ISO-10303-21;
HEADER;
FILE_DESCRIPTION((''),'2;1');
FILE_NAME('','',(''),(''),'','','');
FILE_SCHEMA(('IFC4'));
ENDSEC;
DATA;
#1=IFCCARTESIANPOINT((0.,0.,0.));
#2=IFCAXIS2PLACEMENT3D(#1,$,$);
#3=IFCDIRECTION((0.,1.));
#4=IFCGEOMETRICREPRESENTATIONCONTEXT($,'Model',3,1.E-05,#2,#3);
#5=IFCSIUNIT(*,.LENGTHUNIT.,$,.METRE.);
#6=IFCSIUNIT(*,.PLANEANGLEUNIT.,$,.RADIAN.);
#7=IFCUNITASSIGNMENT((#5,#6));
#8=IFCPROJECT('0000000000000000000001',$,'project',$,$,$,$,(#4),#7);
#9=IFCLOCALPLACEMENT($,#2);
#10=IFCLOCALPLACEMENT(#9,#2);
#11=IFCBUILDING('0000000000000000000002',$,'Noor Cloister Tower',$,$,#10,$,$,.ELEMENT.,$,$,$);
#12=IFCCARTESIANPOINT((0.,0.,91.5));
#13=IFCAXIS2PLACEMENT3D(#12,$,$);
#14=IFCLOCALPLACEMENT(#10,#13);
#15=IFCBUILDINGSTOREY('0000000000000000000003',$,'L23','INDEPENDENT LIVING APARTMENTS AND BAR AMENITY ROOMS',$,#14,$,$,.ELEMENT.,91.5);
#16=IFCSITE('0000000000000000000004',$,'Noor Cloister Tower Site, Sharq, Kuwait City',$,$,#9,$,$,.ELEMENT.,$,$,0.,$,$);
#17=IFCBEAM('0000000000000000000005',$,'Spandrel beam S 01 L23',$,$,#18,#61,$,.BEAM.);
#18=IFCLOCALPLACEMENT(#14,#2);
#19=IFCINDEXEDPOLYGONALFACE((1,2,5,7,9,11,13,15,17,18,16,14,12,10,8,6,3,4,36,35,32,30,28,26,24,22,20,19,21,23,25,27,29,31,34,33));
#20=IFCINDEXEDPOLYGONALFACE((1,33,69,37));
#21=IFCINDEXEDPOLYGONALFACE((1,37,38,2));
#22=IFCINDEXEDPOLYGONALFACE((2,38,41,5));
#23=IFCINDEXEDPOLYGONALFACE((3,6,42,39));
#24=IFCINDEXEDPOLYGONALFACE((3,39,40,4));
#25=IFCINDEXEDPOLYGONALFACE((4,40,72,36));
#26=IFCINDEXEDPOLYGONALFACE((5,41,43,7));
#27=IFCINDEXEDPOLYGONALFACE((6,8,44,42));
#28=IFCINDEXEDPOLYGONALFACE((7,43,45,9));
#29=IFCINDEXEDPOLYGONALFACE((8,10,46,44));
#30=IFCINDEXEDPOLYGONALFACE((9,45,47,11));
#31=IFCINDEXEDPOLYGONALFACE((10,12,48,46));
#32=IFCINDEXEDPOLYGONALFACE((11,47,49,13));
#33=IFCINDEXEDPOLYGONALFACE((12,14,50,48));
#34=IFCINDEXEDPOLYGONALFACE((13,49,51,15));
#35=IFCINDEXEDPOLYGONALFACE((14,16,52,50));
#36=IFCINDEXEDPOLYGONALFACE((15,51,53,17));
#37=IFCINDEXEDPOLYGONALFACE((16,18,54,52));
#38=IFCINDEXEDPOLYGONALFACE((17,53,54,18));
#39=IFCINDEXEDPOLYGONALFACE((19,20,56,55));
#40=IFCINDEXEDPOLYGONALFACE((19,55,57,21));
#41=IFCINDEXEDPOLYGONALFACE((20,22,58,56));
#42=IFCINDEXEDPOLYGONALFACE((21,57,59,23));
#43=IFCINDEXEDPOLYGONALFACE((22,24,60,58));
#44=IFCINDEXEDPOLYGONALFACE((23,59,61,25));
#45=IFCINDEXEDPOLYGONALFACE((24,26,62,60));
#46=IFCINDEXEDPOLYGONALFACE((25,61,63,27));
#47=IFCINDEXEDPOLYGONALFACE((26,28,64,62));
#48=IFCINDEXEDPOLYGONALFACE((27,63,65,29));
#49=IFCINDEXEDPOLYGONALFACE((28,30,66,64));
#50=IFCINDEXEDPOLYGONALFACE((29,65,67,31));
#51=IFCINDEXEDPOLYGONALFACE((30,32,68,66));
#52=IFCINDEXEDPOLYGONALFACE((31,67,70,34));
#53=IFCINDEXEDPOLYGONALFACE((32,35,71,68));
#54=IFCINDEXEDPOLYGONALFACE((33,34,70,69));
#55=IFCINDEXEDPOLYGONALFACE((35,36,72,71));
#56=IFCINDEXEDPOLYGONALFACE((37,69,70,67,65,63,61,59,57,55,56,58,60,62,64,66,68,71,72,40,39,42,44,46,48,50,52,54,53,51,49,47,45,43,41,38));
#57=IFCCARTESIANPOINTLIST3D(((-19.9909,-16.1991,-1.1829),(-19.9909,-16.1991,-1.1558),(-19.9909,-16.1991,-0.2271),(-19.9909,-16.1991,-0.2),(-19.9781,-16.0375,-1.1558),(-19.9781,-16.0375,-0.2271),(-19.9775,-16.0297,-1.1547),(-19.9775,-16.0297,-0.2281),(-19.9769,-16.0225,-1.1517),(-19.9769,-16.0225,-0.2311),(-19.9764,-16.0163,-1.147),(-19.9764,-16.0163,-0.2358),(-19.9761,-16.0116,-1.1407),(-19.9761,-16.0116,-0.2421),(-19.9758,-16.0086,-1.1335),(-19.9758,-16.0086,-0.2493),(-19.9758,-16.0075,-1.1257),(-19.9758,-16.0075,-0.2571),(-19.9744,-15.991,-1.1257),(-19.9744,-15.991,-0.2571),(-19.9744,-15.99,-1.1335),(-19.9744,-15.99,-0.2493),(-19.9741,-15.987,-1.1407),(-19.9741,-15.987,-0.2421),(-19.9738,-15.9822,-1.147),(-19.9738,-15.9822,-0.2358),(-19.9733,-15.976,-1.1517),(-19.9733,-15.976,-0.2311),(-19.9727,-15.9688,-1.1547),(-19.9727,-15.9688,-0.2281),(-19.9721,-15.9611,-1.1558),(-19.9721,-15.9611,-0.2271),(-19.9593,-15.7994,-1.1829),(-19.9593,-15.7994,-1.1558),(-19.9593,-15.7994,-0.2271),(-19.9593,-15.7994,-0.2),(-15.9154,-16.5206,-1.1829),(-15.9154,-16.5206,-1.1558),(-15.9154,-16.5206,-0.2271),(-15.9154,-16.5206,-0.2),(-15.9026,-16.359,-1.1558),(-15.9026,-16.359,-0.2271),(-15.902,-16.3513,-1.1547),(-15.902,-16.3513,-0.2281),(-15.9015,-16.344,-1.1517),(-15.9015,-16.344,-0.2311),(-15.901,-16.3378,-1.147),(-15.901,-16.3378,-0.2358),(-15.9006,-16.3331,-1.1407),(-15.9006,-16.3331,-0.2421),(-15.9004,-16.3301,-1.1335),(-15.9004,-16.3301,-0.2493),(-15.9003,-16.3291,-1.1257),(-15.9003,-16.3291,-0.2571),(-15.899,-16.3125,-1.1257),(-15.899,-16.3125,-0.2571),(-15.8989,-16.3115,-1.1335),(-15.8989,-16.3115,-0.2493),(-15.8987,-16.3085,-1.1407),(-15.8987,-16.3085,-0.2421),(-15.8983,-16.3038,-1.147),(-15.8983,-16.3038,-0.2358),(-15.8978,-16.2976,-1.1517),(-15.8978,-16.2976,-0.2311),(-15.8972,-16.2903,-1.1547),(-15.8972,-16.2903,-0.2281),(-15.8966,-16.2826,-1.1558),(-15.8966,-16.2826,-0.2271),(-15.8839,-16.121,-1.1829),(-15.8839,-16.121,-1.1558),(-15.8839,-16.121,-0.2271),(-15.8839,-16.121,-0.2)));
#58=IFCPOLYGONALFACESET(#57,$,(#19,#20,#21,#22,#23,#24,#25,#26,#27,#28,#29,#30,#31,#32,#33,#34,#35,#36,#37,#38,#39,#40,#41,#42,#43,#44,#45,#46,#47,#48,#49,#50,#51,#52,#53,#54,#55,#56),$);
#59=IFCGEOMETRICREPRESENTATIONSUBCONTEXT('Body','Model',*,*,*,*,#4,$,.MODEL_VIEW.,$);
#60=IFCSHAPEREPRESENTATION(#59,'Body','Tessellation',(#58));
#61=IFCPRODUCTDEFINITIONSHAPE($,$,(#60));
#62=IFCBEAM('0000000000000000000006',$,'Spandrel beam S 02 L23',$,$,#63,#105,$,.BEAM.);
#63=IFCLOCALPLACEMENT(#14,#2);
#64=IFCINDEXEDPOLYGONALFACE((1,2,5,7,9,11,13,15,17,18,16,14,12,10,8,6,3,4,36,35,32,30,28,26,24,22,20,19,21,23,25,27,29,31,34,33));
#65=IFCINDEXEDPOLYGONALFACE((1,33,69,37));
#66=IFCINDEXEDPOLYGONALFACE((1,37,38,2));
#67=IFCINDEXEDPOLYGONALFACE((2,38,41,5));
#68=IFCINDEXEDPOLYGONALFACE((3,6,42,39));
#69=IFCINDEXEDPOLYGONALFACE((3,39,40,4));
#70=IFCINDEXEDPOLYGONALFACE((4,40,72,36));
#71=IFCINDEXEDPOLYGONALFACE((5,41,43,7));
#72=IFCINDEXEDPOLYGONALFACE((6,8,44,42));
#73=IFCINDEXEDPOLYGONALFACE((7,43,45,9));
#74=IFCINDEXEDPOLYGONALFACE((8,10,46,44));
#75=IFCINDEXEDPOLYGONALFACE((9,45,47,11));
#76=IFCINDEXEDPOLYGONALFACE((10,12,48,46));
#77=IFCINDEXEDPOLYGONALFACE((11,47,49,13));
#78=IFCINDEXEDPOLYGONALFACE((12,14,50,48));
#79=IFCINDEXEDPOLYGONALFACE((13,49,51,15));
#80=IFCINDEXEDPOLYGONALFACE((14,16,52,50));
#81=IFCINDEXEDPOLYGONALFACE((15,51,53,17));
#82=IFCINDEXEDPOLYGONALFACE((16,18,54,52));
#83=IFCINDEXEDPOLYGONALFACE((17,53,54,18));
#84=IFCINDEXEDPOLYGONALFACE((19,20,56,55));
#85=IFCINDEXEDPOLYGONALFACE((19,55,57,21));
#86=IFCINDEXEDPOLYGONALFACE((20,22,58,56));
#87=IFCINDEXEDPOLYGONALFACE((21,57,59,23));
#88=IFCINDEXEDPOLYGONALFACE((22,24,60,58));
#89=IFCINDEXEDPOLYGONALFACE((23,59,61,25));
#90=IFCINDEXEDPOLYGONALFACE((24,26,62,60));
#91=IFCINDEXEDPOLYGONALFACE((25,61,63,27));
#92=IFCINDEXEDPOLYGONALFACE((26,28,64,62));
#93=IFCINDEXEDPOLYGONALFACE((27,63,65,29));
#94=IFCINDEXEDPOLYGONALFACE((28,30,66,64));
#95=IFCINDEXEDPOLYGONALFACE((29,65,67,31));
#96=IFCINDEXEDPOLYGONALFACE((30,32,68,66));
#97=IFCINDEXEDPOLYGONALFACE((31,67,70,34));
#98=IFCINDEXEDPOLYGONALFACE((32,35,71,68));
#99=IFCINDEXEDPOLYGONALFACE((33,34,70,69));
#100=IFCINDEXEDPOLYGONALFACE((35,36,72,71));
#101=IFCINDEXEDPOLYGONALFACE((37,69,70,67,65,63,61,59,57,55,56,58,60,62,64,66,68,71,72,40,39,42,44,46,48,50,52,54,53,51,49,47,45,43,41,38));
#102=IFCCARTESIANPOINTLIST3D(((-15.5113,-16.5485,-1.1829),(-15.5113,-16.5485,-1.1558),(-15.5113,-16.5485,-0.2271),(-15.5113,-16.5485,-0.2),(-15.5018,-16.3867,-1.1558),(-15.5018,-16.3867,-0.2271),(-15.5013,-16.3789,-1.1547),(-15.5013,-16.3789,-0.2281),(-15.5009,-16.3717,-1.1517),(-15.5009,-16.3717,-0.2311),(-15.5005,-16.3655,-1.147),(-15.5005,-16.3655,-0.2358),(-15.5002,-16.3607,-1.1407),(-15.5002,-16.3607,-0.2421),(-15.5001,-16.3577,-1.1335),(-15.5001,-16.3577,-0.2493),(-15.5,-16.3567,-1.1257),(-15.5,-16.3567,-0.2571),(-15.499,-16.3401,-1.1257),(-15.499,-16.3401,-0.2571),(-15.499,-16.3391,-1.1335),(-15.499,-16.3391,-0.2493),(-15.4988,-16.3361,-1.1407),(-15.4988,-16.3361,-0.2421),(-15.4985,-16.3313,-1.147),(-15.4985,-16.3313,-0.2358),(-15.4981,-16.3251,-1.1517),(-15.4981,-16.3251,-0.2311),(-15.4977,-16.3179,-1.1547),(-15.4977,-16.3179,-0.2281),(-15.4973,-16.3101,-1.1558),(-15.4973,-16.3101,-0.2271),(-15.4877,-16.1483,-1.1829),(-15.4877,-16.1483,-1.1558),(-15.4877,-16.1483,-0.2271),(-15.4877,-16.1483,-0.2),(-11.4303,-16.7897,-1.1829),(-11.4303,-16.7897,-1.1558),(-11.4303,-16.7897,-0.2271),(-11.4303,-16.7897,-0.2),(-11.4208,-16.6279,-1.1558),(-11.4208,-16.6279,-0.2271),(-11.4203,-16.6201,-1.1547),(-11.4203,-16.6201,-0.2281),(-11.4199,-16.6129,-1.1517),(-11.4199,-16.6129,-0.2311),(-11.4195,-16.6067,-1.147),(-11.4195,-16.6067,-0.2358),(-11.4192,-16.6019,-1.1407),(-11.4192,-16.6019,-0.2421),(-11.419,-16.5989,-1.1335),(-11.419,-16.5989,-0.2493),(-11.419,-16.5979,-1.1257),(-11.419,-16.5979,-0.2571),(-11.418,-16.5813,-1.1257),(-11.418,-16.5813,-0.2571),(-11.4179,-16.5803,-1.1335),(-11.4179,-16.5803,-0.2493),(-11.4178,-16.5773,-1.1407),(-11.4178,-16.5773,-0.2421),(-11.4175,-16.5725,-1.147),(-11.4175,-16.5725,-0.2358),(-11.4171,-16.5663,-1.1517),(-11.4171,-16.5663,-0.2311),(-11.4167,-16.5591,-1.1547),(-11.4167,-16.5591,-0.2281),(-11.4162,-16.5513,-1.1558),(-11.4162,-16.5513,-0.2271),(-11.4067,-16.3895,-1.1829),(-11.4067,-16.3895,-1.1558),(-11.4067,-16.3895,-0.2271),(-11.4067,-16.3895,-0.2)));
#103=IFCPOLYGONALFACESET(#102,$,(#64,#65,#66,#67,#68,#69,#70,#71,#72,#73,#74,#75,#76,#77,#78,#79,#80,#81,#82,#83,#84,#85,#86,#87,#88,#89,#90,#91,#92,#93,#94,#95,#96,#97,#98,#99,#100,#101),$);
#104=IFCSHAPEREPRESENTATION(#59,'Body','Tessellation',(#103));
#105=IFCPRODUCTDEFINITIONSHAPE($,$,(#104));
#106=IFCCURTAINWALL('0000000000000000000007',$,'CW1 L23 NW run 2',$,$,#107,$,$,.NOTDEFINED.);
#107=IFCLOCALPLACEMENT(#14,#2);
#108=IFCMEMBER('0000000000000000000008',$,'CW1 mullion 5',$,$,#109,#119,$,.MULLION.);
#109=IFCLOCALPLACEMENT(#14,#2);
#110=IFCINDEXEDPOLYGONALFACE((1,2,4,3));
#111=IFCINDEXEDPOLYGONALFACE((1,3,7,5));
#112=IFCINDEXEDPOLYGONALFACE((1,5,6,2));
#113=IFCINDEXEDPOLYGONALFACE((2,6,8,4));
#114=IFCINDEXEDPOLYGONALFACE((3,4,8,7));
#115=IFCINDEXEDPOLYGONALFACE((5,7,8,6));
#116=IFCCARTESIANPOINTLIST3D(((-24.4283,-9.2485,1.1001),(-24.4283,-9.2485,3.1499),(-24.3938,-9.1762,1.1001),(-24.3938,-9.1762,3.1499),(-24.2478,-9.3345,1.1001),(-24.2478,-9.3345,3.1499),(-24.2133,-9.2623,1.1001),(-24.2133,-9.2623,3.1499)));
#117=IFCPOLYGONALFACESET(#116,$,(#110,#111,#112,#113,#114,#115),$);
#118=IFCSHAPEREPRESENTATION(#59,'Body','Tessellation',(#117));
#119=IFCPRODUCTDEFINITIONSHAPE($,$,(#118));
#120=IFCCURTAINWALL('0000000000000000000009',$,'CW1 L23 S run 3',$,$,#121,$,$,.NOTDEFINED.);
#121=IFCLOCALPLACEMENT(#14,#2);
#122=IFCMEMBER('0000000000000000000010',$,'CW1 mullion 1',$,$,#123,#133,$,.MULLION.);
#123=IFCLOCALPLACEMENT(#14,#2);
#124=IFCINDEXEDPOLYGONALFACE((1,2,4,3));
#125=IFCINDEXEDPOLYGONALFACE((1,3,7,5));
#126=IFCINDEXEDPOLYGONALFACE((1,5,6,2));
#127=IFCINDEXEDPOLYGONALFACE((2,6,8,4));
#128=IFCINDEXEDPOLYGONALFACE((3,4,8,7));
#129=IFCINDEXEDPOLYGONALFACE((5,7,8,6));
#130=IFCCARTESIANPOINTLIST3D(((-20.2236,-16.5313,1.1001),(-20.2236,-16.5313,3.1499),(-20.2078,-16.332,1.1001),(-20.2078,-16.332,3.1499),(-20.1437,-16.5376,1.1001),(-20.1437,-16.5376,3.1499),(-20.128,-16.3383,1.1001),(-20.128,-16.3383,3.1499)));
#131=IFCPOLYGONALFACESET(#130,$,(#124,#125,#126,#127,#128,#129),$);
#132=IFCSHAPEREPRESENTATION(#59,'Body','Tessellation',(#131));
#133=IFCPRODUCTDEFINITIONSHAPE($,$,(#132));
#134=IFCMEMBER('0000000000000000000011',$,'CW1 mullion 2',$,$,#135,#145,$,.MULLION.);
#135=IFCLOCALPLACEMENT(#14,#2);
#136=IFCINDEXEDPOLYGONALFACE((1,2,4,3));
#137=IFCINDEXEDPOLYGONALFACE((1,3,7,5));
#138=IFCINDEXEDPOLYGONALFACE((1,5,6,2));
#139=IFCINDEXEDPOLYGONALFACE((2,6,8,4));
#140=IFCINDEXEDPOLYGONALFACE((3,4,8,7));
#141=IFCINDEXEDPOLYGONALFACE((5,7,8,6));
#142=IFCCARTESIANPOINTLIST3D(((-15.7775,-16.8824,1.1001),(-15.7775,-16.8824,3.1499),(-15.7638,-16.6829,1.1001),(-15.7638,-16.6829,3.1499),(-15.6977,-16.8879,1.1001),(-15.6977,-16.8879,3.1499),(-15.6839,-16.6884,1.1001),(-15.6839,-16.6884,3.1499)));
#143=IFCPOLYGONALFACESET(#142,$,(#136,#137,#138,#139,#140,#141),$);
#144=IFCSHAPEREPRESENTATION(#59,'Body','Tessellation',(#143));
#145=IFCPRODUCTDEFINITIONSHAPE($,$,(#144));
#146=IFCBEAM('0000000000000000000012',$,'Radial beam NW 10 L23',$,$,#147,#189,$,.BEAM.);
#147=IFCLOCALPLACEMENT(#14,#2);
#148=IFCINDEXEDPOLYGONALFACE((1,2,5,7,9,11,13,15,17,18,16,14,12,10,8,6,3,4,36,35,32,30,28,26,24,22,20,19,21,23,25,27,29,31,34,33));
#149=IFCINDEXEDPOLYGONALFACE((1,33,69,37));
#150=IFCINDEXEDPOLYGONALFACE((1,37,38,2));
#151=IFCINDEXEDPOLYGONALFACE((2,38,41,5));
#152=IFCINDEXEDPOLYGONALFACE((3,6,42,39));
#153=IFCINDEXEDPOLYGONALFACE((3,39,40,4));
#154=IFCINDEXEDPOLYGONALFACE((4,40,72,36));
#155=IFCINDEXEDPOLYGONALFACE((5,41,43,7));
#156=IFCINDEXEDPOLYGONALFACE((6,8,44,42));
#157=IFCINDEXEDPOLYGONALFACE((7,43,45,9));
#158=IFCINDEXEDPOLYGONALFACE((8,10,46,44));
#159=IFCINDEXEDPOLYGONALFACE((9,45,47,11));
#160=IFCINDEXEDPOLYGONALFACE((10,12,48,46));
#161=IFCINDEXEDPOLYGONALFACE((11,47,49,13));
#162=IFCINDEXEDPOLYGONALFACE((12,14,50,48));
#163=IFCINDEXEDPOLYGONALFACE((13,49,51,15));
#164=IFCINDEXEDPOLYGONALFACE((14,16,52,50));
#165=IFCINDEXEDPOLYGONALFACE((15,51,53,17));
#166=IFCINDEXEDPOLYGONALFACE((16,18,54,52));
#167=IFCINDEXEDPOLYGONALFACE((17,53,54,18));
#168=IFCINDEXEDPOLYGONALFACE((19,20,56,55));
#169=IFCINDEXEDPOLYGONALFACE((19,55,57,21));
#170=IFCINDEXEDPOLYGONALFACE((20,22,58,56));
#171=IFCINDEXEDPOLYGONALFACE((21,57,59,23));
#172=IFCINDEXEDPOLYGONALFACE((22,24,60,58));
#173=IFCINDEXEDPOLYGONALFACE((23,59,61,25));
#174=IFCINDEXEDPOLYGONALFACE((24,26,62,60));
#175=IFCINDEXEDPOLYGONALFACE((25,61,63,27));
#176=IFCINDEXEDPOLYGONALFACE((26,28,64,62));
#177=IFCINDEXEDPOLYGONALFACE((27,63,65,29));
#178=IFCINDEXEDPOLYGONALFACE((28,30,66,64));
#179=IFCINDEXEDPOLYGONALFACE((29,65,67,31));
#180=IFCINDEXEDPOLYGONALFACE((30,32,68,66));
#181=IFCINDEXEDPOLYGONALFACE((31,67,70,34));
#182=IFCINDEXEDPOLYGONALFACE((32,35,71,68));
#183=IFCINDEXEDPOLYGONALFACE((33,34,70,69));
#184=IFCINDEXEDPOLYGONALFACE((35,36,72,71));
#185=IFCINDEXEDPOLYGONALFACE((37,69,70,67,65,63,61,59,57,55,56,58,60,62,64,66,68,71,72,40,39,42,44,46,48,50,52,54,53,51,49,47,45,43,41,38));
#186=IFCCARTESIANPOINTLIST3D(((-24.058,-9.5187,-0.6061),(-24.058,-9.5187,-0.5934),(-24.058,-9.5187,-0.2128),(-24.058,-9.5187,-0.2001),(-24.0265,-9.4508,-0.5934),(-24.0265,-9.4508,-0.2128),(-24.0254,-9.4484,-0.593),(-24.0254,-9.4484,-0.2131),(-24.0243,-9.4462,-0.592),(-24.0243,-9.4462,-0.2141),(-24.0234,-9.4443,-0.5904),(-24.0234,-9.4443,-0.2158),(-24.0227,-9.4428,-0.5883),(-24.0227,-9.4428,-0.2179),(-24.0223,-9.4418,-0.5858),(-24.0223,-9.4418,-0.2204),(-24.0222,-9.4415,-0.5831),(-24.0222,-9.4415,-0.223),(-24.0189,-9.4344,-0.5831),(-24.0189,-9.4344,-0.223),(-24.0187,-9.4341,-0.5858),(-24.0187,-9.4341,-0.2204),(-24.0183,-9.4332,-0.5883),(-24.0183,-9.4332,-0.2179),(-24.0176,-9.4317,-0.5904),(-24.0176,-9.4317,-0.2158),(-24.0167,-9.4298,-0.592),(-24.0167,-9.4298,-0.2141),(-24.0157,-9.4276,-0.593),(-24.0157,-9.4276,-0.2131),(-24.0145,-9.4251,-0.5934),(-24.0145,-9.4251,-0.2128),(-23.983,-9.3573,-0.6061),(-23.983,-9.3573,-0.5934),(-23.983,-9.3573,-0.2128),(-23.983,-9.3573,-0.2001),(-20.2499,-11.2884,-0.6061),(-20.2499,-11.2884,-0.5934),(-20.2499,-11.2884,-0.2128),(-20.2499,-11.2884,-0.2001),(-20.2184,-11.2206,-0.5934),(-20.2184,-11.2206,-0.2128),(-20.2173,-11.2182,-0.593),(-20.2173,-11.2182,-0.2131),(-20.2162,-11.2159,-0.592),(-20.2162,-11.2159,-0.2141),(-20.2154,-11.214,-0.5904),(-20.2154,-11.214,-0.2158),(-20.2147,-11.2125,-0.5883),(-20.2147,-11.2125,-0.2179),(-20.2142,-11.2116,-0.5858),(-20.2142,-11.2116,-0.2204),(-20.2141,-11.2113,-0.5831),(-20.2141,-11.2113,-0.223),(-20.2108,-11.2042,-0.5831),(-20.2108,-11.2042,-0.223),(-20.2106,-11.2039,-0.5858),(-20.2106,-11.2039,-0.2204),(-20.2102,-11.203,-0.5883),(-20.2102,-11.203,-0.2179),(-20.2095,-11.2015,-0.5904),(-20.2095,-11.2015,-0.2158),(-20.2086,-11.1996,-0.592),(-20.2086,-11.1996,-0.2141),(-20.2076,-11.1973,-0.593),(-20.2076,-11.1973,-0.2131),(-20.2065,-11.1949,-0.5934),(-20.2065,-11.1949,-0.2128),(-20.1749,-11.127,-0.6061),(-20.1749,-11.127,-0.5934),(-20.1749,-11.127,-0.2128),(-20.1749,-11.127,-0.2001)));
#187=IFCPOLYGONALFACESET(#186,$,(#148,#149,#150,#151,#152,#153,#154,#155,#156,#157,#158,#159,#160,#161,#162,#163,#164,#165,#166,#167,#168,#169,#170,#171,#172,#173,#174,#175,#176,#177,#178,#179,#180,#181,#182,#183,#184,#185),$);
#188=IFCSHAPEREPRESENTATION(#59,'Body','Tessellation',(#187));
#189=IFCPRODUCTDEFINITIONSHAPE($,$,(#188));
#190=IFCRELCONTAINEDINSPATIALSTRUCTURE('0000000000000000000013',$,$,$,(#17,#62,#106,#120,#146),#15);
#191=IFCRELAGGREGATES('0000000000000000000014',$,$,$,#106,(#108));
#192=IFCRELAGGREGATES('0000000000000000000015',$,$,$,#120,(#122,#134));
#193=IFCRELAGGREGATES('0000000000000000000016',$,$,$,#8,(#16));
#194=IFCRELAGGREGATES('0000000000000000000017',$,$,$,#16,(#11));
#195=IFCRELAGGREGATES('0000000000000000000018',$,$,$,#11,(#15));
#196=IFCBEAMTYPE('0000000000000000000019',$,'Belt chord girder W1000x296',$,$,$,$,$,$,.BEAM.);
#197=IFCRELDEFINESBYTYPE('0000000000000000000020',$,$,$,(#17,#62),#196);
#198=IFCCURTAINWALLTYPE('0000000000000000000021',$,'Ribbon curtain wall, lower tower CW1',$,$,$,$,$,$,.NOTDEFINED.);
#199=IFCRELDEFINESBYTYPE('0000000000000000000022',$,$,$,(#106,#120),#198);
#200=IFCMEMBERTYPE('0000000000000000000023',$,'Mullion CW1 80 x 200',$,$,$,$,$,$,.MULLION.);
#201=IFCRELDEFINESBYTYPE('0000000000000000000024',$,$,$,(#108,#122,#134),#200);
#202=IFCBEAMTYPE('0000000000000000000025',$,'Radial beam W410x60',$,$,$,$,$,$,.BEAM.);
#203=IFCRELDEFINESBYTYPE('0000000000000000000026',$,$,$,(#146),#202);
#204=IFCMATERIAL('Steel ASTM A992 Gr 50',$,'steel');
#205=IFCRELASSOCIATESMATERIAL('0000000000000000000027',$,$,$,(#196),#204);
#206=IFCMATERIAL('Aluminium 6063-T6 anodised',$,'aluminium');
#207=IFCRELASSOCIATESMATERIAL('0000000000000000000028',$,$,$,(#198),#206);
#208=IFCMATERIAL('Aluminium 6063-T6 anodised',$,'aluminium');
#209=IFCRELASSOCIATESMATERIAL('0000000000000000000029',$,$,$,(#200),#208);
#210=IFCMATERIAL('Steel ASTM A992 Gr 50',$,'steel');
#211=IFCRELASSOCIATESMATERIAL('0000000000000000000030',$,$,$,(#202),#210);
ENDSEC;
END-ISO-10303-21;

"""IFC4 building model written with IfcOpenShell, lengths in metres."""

from ifc_helpers import new_model, si_unit, direction, frame, origin, origin_2d, place, context, subcontext, project, spatial, rectangle, i_section, extrude, material, material_profile, profile_set, type_object, element, aggregate, save


model = new_model("IFC4")

# Units and contexts
model_context = context("Model", 3, precision=1e-05, world=origin(), true_north=direction((0.0, 1.0)))
body_context = subcontext(model_context, "Body", "Model", "MODEL_VIEW")
ifc_project = project(units=[si_unit("LENGTHUNIT", "METRE"), si_unit("PLANEANGLEUNIT", "RADIAN")], contexts=[model_context])

# Site, building, storey
site_placement = place(None, origin())
site = spatial("IfcSite", under=ifc_project, at=site_placement, Name="Noor Cloister Tower Site, Sharq, Kuwait City", CompositionType="ELEMENT", RefElevation=0.0)
building_placement = place(site_placement, origin())
building = spatial("IfcBuilding", under=site, at=building_placement, Name="Noor Cloister Tower", CompositionType="ELEMENT")
storey_placement = place(building_placement, frame((0.0, 0.0, 91.5)))
storey = spatial("IfcBuildingStorey", under=building, at=storey_placement, Name="L23", Description="INDEPENDENT LIVING APARTMENTS AND BAR AMENITY ROOMS", CompositionType="ELEMENT", Elevation=91.5)

# Beams
ifc_material_1 = material(Name="Steel ASTM A992 Gr 50", Category="steel")
ifc_material_profile_1 = material_profile(ifc_material_1, i_section(OverallWidth=0.4009, OverallDepth=0.9829, WebThickness=0.0166, FlangeThickness=0.0271, FilletRadius=0.03, at=origin_2d()), Name="W1000x296")
ifc_profile_set_1 = profile_set([ifc_material_profile_1], Name="Steel ASTM A992 Gr 50")
beam_type_1 = type_object("IfcBeamType", Name="Belt chord girder W1000x296", PredefinedType="BEAM", material=ifc_profile_set_1)
for number, where, z_axis, x_axis, name in (
    (1, (-19.9751, -15.9993, -0.6914), (0.996902, -0.078651, 0.0), (0.078651, 0.996902, 0.0), "Spandrel beam S 01 L23"),
    (2, (-15.4995, -16.3484, -0.6914), (0.998258, -0.059002, 0.0), (0.059002, 0.998258, 0.0), "Spandrel beam S 02 L23"),
):
    element("IfcBeam", number, at=place(storey_placement, frame(where, z_axis=z_axis, x_axis=x_axis)), inside=storey, type_object=beam_type_1, Name=name, PredefinedType="BEAM", context=body_context, shape_type="SweptSolid", body=[
        extrude(i_section(OverallWidth=0.4009, OverallDepth=0.9829, WebThickness=0.0166, FlangeThickness=0.0271, FilletRadius=0.03, at=origin_2d()), origin(), (0.0, 0.0, 1.0), 4.0881),
    ])

# Curtain wall, member
ifc_material_2 = material(Name="Aluminium 6063-T6 anodised", Category="aluminium")
curtain_wall_type = type_object("IfcCurtainWallType", Name="Ribbon curtain wall, lower tower CW1", PredefinedType="NOTDEFINED", material=ifc_material_2)
curtain_wall_1_placement = place(storey_placement, origin())
curtain_wall_1 = element("IfcCurtainWall", 3, at=curtain_wall_1_placement, inside=storey, type_object=curtain_wall_type, Name="CW1 L23 NW run 2", PredefinedType="NOTDEFINED")
ifc_material_3 = material(Name="Aluminium 6063-T6 anodised", Category="aluminium")
ifc_material_profile_2 = material_profile(ifc_material_3, rectangle(XDim=0.2, YDim=0.0801, at=origin_2d()), Name="200 x 80 mullion")
ifc_profile_set_2 = profile_set([ifc_material_profile_2], Name="Aluminium 6063-T6 anodised")
member_type = type_object("IfcMemberType", Name="Mullion CW1 80 x 200", PredefinedType="MULLION", material=ifc_profile_set_2)
member_1_placement = place(storey_placement, frame((-24.3208, -9.2554, 1.1001), z_axis=(0.0, 0.0, 1.0), x_axis=(0.902668, -0.430337, 0.0)))
member_1 = element("IfcMember", 4, at=member_1_placement, type_object=member_type, Name="CW1 mullion 5", PredefinedType="MULLION", context=body_context, shape_type="SweptSolid", body=[
    extrude(rectangle(XDim=0.2, YDim=0.0801, at=origin_2d()), origin(), (0.0, 0.0, 1.0), 2.0498),
])

# Curtain wall, members
curtain_wall_2_placement = place(storey_placement, origin())
curtain_wall_2 = element("IfcCurtainWall", 5, at=curtain_wall_2_placement, inside=storey, type_object=curtain_wall_type, Name="CW1 L23 S run 3", PredefinedType="NOTDEFINED")
member_2_placement = place(storey_placement, frame((-20.1758, -16.4348, 1.1001), z_axis=(0.0, 0.0, 1.0), x_axis=(0.078652, 0.996902, 0.0)))
member_2 = element("IfcMember", 6, at=member_2_placement, type_object=member_type, Name="CW1 mullion 1", PredefinedType="MULLION", context=body_context, shape_type="SweptSolid", body=[
    extrude(rectangle(XDim=0.2, YDim=0.0801, at=origin_2d()), origin(), (0.0, 0.0, 1.0), 2.0498),
])
member_3_placement = place(storey_placement, frame((-15.7307, -16.7854, 1.1001), z_axis=(0.0, 0.0, 1.0), x_axis=(0.068837, 0.997628, 0.0)))
member_3 = element("IfcMember", 7, at=member_3_placement, type_object=member_type, Name="CW1 mullion 2", PredefinedType="MULLION", context=body_context, shape_type="SweptSolid", body=[
    extrude(rectangle(XDim=0.2, YDim=0.0801, at=origin_2d()), origin(), (0.0, 0.0, 1.0), 2.0498),
])

# Beam
ifc_material_4 = material(Name="Steel ASTM A992 Gr 50", Category="steel")
ifc_material_profile_3 = material_profile(ifc_material_4, i_section(OverallWidth=0.178, OverallDepth=0.406, WebThickness=0.0078, FlangeThickness=0.0127, FilletRadius=0.0103, at=origin_2d()), Name="W410x60")
ifc_profile_set_3 = profile_set([ifc_material_profile_3], Name="Steel ASTM A992 Gr 50")
beam_type_2 = type_object("IfcBeamType", Name="Radial beam W410x60", PredefinedType="BEAM", material=ifc_profile_set_3)
beam_1_placement = place(storey_placement, frame((-24.0205, -9.438, -0.4031), z_axis=(0.906852, -0.421449, 0.0), x_axis=(0.421449, 0.906852, 0.0)))
element("IfcBeam", 8, at=beam_1_placement, inside=storey, type_object=beam_type_2, Name="Radial beam NW 10 L23", PredefinedType="BEAM", context=body_context, shape_type="SweptSolid", body=[
    extrude(i_section(OverallWidth=0.178, OverallDepth=0.406, WebThickness=0.0078, FlangeThickness=0.0127, FilletRadius=0.0103, at=origin_2d()), origin(), (0.0, 0.0, 1.0), 4.1992),
])

aggregate(curtain_wall_1, [member_1])
aggregate(curtain_wall_2, [member_2, member_3])

save(model, "model.ifc")
